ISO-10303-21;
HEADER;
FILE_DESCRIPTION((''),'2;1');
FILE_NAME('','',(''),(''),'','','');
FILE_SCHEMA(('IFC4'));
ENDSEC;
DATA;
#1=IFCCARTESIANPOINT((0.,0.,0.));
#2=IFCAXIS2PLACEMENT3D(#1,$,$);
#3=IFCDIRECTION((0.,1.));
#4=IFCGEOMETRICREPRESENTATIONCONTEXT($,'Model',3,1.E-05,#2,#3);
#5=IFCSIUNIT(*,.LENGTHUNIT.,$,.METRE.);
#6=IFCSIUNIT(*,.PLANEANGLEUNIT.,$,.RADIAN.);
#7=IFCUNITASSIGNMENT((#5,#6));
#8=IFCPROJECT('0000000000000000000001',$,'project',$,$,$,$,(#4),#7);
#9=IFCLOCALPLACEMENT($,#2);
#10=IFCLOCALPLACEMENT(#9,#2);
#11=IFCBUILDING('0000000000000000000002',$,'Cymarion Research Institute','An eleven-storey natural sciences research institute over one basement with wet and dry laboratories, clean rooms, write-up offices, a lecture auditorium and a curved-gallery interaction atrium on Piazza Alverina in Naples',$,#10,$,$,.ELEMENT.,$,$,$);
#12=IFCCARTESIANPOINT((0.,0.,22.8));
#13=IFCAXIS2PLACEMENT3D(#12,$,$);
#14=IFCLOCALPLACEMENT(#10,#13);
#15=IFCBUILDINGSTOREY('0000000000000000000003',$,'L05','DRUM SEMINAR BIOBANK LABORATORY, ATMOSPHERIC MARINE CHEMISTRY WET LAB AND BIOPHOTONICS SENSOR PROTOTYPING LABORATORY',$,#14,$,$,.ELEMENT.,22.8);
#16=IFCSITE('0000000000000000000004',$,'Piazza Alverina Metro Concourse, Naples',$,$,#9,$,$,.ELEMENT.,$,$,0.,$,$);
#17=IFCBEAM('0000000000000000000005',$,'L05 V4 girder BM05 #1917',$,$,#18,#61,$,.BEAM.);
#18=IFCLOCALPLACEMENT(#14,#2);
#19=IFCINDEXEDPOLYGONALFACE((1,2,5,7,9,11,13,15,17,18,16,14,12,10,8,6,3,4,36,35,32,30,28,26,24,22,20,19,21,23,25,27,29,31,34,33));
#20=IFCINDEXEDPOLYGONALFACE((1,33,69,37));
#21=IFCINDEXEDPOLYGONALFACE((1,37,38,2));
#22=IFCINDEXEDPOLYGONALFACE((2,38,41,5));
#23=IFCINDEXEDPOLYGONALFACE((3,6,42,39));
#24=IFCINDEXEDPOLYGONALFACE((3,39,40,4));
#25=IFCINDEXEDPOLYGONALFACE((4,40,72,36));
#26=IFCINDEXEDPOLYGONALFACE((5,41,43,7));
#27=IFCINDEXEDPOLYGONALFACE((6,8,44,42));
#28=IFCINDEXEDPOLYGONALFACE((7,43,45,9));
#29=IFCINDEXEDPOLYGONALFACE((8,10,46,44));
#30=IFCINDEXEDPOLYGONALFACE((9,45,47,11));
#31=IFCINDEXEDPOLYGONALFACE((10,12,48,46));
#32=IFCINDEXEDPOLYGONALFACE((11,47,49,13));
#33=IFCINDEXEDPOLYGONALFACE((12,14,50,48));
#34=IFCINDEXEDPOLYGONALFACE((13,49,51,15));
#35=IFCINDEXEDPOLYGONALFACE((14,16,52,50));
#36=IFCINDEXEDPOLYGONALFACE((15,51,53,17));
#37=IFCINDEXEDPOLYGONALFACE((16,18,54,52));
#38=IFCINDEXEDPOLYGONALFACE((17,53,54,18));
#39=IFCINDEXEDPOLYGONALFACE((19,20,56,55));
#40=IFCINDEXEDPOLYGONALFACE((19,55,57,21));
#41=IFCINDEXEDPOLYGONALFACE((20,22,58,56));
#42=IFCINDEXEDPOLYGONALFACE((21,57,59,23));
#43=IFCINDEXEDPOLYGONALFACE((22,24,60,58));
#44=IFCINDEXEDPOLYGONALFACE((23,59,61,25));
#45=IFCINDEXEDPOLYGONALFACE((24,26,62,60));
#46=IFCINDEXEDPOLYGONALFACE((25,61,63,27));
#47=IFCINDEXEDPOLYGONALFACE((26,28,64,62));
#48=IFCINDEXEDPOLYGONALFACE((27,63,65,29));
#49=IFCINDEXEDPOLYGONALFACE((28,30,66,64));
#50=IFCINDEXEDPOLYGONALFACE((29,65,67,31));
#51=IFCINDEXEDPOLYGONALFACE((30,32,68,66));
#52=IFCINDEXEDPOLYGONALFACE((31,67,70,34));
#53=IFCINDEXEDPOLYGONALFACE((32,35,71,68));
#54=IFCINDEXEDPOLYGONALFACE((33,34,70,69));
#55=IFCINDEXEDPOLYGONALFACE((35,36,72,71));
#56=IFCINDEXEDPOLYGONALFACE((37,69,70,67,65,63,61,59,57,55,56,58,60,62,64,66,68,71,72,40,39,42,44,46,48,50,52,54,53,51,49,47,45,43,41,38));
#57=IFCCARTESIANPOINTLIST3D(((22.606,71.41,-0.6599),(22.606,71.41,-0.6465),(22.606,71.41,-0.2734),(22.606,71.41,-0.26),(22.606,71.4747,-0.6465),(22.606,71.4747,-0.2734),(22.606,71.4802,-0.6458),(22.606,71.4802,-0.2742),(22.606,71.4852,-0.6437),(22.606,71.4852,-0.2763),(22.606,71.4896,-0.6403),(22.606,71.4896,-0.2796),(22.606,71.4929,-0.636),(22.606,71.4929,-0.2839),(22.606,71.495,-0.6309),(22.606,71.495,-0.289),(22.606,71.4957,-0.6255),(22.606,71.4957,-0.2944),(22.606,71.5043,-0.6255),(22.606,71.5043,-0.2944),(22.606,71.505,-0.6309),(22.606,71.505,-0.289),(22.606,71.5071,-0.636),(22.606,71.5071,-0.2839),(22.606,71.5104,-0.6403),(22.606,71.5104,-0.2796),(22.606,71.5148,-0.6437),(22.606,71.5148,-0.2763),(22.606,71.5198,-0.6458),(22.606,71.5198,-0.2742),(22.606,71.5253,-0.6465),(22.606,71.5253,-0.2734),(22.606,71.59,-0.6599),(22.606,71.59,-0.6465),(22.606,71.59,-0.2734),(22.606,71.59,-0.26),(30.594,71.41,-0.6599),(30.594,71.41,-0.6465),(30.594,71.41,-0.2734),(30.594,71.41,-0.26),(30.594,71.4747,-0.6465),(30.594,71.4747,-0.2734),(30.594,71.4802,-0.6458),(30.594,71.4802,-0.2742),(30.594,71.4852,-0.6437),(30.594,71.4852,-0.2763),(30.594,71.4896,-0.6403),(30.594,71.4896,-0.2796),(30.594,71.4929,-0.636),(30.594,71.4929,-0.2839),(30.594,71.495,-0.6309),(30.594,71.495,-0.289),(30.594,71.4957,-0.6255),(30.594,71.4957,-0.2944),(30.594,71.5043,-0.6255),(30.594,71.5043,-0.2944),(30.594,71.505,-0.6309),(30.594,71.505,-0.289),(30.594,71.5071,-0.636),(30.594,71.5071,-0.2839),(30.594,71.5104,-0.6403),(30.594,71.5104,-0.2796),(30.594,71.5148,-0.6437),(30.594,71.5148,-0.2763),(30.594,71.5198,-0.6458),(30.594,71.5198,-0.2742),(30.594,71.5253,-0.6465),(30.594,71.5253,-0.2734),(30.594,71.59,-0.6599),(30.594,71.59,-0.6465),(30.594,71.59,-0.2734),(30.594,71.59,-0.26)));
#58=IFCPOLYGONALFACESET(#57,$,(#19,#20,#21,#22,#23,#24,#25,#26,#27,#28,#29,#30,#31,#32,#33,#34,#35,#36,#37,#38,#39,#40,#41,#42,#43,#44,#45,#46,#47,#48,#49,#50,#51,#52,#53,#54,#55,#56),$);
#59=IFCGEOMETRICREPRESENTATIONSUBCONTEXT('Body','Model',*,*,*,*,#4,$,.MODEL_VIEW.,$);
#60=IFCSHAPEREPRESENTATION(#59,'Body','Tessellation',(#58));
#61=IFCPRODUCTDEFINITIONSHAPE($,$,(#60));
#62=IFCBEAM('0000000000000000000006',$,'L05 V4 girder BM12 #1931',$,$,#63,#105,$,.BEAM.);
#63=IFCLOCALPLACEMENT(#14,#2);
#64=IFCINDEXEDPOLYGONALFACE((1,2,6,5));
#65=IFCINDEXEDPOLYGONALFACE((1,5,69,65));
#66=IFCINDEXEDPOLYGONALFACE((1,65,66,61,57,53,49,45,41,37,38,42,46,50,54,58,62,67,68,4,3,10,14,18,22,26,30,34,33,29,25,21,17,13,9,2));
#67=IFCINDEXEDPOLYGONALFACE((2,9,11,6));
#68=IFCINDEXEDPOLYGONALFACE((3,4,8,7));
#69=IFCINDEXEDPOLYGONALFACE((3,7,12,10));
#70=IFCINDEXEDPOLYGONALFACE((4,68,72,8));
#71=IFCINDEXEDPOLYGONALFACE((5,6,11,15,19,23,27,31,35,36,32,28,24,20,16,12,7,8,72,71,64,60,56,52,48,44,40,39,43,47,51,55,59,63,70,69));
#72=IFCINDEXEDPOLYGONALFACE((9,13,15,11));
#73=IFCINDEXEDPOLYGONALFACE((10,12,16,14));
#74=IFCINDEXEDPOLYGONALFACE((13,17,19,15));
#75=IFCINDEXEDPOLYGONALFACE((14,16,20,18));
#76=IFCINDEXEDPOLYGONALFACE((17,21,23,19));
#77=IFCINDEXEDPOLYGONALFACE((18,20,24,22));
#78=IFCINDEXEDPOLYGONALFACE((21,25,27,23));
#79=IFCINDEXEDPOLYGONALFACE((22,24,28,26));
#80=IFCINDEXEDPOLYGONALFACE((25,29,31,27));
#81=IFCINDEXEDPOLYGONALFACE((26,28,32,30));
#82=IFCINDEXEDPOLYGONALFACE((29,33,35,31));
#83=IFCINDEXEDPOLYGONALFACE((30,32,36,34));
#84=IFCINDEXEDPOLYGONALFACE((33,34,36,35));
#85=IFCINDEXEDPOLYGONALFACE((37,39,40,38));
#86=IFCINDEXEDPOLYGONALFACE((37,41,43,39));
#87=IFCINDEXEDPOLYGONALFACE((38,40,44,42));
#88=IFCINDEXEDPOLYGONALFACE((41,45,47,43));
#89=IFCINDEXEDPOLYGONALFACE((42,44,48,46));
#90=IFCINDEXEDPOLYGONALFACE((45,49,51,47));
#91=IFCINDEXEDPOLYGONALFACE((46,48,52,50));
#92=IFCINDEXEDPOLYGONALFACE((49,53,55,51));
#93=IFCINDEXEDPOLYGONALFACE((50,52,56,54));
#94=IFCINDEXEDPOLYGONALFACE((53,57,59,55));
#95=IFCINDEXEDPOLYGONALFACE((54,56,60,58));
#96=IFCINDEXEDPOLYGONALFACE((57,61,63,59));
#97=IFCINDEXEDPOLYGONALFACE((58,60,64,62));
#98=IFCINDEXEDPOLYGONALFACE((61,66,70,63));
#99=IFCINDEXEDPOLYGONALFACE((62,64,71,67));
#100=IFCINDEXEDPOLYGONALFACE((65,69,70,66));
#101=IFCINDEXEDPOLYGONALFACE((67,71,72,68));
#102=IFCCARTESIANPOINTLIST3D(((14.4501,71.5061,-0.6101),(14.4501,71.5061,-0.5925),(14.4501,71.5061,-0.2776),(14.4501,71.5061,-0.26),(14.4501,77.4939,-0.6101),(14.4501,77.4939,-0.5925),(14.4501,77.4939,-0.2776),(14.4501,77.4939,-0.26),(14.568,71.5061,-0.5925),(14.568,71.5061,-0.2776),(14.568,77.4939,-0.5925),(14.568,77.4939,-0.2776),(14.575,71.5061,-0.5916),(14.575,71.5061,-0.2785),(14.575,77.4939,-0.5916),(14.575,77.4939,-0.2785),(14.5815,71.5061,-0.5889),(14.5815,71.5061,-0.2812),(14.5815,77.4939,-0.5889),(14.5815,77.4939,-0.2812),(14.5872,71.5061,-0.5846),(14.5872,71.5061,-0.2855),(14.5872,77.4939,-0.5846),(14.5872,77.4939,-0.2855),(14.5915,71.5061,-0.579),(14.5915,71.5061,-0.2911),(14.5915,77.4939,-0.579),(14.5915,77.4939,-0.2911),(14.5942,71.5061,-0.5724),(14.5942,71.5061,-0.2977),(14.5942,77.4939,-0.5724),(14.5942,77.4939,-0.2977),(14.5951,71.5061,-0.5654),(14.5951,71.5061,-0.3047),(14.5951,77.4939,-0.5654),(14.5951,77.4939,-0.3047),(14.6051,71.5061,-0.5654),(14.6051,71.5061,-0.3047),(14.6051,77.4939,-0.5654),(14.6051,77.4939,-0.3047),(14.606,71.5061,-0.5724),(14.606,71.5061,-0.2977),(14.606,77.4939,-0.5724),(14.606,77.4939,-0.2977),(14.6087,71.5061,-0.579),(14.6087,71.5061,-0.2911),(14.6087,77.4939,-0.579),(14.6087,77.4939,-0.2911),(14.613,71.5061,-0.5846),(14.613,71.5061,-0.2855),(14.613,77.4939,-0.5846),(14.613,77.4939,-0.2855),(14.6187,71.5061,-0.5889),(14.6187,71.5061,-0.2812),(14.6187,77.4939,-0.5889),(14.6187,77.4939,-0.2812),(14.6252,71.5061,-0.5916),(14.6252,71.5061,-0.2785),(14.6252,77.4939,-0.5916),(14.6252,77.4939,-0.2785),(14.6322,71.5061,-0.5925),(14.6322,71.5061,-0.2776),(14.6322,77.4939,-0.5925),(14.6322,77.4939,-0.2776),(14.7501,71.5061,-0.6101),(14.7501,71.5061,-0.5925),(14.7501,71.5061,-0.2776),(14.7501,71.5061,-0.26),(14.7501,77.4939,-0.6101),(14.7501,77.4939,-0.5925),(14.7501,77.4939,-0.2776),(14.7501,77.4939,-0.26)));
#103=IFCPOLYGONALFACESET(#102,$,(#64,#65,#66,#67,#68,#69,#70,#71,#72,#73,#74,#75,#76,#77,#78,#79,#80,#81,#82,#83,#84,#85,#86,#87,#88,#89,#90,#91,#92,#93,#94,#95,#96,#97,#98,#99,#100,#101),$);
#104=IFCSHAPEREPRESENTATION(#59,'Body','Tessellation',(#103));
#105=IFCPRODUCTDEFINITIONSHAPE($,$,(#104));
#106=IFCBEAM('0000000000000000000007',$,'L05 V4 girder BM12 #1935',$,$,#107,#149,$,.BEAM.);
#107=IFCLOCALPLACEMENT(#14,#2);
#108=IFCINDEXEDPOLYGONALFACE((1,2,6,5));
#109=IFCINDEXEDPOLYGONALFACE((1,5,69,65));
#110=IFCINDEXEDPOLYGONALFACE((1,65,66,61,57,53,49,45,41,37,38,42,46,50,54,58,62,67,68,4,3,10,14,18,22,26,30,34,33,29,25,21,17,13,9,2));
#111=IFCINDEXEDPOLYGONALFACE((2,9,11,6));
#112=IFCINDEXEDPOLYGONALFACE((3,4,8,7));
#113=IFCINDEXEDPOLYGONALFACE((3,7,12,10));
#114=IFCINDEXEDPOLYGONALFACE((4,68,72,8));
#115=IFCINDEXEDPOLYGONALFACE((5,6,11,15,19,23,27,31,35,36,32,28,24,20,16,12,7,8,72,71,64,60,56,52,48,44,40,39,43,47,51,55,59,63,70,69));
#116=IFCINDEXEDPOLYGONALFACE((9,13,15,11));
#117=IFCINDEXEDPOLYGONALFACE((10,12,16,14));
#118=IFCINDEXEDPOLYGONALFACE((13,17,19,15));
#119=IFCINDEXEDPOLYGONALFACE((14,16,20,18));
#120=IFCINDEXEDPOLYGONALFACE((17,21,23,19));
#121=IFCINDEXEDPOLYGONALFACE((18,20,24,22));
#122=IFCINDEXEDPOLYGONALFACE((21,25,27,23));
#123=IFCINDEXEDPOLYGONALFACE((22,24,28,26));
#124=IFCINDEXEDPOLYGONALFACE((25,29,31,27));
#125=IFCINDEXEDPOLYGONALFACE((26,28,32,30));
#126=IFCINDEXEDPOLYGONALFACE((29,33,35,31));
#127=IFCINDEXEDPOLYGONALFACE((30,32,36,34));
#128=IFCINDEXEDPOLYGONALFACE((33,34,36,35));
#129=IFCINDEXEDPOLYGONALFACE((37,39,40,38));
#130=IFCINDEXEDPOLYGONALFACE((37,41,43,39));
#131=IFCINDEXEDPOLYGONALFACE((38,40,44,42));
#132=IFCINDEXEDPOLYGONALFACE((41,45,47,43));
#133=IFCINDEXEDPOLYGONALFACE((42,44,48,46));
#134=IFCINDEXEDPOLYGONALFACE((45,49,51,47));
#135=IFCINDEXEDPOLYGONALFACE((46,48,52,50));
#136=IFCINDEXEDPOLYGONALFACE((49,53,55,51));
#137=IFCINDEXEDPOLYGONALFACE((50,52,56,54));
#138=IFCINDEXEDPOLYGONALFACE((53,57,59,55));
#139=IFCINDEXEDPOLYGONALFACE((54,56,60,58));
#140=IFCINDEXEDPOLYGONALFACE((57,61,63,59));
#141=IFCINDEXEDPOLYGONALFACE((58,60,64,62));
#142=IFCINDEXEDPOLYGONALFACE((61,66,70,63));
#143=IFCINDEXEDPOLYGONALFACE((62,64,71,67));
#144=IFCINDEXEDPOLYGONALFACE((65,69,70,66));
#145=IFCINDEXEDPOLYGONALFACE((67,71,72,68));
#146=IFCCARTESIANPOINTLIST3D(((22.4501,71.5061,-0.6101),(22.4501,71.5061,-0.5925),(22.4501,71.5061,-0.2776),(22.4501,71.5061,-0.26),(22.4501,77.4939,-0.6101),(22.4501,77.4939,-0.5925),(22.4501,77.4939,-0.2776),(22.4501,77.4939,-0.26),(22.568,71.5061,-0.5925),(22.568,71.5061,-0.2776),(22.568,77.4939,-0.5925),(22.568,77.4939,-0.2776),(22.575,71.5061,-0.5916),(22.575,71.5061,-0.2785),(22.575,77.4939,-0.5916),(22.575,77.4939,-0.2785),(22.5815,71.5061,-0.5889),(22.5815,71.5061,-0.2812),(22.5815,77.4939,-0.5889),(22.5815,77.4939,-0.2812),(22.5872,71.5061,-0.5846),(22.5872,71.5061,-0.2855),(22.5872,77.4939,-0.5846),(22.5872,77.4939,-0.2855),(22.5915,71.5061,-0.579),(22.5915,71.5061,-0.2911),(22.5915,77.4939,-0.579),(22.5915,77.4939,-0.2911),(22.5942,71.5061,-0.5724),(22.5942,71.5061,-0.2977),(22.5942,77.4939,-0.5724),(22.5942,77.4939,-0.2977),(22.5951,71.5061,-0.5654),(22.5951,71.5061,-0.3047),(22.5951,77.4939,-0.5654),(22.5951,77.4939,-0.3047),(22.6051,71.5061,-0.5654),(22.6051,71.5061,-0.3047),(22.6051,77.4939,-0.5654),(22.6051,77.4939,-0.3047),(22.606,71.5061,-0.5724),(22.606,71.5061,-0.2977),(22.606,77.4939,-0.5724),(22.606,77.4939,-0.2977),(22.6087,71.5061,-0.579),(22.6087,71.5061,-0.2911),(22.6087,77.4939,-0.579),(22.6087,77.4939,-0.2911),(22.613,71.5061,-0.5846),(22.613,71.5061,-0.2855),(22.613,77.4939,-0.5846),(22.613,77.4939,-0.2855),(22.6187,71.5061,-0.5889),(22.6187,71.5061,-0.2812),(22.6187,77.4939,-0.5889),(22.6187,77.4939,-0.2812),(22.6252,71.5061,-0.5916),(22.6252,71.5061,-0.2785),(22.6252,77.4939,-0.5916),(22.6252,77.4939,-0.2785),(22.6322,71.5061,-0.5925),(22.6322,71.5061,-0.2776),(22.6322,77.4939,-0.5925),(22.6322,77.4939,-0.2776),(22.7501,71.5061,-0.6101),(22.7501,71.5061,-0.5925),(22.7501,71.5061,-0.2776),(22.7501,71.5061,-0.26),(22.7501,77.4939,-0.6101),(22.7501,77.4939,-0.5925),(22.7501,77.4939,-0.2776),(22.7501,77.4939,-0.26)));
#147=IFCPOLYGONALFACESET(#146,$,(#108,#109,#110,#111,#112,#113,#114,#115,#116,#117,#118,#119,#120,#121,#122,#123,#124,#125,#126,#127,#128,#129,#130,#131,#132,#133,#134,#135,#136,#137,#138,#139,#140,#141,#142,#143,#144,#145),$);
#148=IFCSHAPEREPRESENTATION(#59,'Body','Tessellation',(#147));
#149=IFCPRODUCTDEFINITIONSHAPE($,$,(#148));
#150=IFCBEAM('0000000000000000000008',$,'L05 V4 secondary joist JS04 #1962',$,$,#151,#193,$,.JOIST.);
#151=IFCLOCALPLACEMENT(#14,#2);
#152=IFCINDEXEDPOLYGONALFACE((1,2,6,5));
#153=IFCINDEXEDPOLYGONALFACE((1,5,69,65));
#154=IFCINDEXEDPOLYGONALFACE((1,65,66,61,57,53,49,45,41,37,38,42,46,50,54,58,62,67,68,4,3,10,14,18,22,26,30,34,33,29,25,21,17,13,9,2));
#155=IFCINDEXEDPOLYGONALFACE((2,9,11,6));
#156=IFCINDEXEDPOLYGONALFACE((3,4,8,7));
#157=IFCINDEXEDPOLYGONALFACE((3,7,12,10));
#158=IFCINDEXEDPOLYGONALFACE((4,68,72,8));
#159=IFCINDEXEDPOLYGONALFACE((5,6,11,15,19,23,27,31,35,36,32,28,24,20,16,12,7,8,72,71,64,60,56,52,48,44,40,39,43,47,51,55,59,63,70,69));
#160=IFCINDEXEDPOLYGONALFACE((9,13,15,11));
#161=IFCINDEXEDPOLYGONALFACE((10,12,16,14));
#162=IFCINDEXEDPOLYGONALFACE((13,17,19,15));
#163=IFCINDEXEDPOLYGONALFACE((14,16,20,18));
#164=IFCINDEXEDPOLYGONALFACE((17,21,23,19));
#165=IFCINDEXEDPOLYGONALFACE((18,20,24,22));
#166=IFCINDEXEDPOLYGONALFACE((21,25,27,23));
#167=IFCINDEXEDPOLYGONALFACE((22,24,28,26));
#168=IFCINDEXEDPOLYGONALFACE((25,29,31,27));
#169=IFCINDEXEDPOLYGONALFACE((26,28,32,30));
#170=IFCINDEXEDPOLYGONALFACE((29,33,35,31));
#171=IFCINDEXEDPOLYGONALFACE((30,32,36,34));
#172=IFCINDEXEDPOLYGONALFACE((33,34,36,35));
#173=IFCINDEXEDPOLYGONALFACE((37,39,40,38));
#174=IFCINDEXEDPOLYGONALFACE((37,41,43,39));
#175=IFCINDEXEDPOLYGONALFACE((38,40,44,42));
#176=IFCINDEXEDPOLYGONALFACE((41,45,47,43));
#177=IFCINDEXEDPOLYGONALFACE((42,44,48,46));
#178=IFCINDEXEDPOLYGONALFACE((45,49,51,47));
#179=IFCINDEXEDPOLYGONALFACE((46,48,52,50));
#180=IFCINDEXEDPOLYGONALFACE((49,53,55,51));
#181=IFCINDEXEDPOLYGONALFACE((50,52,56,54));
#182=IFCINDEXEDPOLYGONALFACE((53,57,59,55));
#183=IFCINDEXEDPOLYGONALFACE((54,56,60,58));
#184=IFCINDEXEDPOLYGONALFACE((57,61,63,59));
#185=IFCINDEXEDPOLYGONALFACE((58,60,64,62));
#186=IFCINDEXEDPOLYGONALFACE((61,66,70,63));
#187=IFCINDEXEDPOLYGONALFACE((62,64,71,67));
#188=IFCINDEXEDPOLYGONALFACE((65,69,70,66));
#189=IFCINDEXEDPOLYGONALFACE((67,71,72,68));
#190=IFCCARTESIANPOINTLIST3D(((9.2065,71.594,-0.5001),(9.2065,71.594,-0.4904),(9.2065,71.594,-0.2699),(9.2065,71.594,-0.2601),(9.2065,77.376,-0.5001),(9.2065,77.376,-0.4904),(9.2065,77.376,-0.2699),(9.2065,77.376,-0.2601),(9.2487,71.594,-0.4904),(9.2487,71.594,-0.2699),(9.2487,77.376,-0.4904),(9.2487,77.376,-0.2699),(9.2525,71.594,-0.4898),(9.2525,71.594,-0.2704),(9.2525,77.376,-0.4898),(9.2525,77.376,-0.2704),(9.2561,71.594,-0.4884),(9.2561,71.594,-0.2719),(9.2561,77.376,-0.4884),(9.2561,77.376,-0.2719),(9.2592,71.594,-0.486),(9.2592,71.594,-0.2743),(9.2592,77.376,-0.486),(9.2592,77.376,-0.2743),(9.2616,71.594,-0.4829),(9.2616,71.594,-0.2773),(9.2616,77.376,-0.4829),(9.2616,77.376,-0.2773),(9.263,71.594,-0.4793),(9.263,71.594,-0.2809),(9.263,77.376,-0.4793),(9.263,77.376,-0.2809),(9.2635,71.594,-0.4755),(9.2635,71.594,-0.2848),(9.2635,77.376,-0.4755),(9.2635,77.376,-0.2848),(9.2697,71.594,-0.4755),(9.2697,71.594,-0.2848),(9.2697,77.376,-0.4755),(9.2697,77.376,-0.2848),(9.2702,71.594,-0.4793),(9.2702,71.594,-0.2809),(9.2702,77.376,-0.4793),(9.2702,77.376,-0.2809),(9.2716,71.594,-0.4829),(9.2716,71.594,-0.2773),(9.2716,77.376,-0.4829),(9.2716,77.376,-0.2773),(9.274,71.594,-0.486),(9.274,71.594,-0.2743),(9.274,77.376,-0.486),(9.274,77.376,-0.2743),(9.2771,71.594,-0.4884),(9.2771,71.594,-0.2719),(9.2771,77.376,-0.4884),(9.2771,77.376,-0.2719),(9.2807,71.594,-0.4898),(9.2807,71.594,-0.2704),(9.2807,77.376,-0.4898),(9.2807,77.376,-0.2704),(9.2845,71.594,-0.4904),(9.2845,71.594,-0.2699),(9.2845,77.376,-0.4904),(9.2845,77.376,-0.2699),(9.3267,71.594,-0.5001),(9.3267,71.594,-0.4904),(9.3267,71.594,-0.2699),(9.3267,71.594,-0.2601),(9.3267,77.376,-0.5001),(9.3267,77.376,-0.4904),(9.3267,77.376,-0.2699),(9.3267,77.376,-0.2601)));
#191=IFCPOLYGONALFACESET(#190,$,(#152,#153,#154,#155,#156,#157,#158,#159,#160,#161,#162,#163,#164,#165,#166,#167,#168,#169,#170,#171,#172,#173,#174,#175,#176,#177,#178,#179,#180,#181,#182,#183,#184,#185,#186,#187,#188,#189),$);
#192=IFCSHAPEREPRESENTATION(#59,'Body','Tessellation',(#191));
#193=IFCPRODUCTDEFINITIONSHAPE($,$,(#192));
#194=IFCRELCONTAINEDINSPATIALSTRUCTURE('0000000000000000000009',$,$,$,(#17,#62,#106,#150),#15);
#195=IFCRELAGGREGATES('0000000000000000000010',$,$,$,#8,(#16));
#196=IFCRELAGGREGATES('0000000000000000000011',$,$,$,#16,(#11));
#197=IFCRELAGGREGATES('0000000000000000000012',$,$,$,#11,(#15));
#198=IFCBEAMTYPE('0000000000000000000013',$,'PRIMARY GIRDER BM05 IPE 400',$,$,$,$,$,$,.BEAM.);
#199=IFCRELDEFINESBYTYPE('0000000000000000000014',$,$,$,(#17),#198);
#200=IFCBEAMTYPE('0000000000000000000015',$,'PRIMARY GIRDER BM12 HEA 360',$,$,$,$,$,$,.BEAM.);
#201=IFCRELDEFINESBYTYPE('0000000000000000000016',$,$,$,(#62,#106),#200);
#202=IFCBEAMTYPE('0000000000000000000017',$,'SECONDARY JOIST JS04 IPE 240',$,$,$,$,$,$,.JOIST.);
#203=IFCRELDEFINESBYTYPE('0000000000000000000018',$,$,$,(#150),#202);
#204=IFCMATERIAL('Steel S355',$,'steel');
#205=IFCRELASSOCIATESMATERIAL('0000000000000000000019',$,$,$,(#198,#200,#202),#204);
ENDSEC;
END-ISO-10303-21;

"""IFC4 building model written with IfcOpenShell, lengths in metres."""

from ifc_helpers import new_model, si_unit, direction, frame, origin, origin_2d, place, context, subcontext, project, spatial, i_section, extrude, material, material_profile, profile_set, type_object, element, save


model = new_model("IFC4")

# Units and contexts
model_context = context("Model", 3, precision=1e-05, world=origin(), true_north=direction((0.0, 1.0)))
body_context = subcontext(model_context, "Body", "Model", "MODEL_VIEW")
ifc_project = project(units=[si_unit("LENGTHUNIT", "METRE"), si_unit("PLANEANGLEUNIT", "RADIAN")], contexts=[model_context])

# Site, building, storey
site_placement = place(None, origin())
site = spatial("IfcSite", under=ifc_project, at=site_placement, Name="Piazza Alverina Metro Concourse, Naples", CompositionType="ELEMENT", RefElevation=0.0)
building_placement = place(site_placement, origin())
building = spatial("IfcBuilding", under=site, at=building_placement, Name="Cymarion Research Institute", Description="An eleven-storey natural sciences research institute over one basement with wet and dry laboratories, clean rooms, write-up offices, a lecture auditorium and a curved-gallery interaction atrium on Piazza Alverina in Naples", CompositionType="ELEMENT")
storey_placement = place(building_placement, frame((0.0, 0.0, 22.8)))
storey = spatial("IfcBuildingStorey", under=building, at=storey_placement, Name="L05", Description="DRUM SEMINAR BIOBANK LABORATORY, ATMOSPHERIC MARINE CHEMISTRY WET LAB AND BIOPHOTONICS SENSOR PROTOTYPING LABORATORY", CompositionType="ELEMENT", Elevation=22.8)

# Shared definitions
ifc_material_1 = material(Name="Steel S355", Category="steel")

# Beams
ifc_material_profile_1 = material_profile(ifc_material_1, i_section(OverallWidth=0.1799, OverallDepth=0.3999, WebThickness=0.0085, FlangeThickness=0.0134, FilletRadius=0.021, at=origin_2d()), Name="IPE 400")
ifc_profile_set_1 = profile_set([ifc_material_profile_1], Name="Steel S355")
beam_type_1 = type_object("IfcBeamType", Name="PRIMARY GIRDER BM05 IPE 400", PredefinedType="BEAM", material=ifc_profile_set_1)
for number, where, z_axis, x_axis, name in (
    (1, (22.606, 71.5, -0.46), (1.0, 0.0, 0.0), (0.0, 1.0, 0.0), "L05 V4 girder BM05 #1917"),
):
    element("IfcBeam", number, at=place(storey_placement, frame(where, z_axis=z_axis, x_axis=x_axis)), inside=storey, type_object=beam_type_1, Name=name, PredefinedType="BEAM", context=body_context, shape_type="SweptSolid", body=[
        extrude(i_section(OverallWidth=0.1799, OverallDepth=0.3999, WebThickness=0.0085, FlangeThickness=0.0134, FilletRadius=0.021, at=origin_2d()), origin(), (0.0, 0.0, 1.0), 7.988),
    ])
ifc_material_profile_2 = material_profile(ifc_material_1, i_section(OverallWidth=0.3, OverallDepth=0.3501, WebThickness=0.01, FlangeThickness=0.0176, FilletRadius=0.0271, at=origin_2d()), Name="HEA 360")
ifc_profile_set_2 = profile_set([ifc_material_profile_2], Name="Steel S355")
beam_type_2 = type_object("IfcBeamType", Name="PRIMARY GIRDER BM12 HEA 360", PredefinedType="BEAM", material=ifc_profile_set_2)
for number, where, z_axis, x_axis, name in (
    (2, (14.6001, 71.5061, -0.4351), (0.0, 1.0, 0.0), (-1.0, 0.0, 0.0), "L05 V4 girder BM12 #1931"),
    (3, (22.6001, 71.5061, -0.4351), (0.0, 1.0, 0.0), (-1.0, 0.0, 0.0), "L05 V4 girder BM12 #1935"),
):
    element("IfcBeam", number, at=place(storey_placement, frame(where, z_axis=z_axis, x_axis=x_axis)), inside=storey, type_object=beam_type_2, Name=name, PredefinedType="BEAM", context=body_context, shape_type="SweptSolid", body=[
        extrude(i_section(OverallWidth=0.3, OverallDepth=0.3501, WebThickness=0.01, FlangeThickness=0.0176, FilletRadius=0.0271, at=origin_2d()), origin(), (0.0, 0.0, 1.0), 5.9878),
    ])
ifc_material_profile_3 = material_profile(ifc_material_1, i_section(OverallWidth=0.1201, OverallDepth=0.24, WebThickness=0.0061, FlangeThickness=0.0098, FilletRadius=0.0149, at=origin_2d()), Name="IPE 240")
ifc_profile_set_3 = profile_set([ifc_material_profile_3], Name="Steel S355")
beam_type_3 = type_object("IfcBeamType", Name="SECONDARY JOIST JS04 IPE 240", PredefinedType="JOIST", material=ifc_profile_set_3)
for number, where, z_axis, x_axis, name in (
    (4, (9.2666, 71.594, -0.3801), (0.0, 1.0, 0.0), (-1.0, 0.0, 0.0), "L05 V4 secondary joist JS04 #1962"),
):
    element("IfcBeam", number, at=place(storey_placement, frame(where, z_axis=z_axis, x_axis=x_axis)), inside=storey, type_object=beam_type_3, Name=name, PredefinedType="JOIST", context=body_context, shape_type="SweptSolid", body=[
        extrude(i_section(OverallWidth=0.1201, OverallDepth=0.24, WebThickness=0.0061, FlangeThickness=0.0098, FilletRadius=0.0149, at=origin_2d()), origin(), (0.0, 0.0, 1.0), 5.782),
    ])

save(model, "model.ifc")
